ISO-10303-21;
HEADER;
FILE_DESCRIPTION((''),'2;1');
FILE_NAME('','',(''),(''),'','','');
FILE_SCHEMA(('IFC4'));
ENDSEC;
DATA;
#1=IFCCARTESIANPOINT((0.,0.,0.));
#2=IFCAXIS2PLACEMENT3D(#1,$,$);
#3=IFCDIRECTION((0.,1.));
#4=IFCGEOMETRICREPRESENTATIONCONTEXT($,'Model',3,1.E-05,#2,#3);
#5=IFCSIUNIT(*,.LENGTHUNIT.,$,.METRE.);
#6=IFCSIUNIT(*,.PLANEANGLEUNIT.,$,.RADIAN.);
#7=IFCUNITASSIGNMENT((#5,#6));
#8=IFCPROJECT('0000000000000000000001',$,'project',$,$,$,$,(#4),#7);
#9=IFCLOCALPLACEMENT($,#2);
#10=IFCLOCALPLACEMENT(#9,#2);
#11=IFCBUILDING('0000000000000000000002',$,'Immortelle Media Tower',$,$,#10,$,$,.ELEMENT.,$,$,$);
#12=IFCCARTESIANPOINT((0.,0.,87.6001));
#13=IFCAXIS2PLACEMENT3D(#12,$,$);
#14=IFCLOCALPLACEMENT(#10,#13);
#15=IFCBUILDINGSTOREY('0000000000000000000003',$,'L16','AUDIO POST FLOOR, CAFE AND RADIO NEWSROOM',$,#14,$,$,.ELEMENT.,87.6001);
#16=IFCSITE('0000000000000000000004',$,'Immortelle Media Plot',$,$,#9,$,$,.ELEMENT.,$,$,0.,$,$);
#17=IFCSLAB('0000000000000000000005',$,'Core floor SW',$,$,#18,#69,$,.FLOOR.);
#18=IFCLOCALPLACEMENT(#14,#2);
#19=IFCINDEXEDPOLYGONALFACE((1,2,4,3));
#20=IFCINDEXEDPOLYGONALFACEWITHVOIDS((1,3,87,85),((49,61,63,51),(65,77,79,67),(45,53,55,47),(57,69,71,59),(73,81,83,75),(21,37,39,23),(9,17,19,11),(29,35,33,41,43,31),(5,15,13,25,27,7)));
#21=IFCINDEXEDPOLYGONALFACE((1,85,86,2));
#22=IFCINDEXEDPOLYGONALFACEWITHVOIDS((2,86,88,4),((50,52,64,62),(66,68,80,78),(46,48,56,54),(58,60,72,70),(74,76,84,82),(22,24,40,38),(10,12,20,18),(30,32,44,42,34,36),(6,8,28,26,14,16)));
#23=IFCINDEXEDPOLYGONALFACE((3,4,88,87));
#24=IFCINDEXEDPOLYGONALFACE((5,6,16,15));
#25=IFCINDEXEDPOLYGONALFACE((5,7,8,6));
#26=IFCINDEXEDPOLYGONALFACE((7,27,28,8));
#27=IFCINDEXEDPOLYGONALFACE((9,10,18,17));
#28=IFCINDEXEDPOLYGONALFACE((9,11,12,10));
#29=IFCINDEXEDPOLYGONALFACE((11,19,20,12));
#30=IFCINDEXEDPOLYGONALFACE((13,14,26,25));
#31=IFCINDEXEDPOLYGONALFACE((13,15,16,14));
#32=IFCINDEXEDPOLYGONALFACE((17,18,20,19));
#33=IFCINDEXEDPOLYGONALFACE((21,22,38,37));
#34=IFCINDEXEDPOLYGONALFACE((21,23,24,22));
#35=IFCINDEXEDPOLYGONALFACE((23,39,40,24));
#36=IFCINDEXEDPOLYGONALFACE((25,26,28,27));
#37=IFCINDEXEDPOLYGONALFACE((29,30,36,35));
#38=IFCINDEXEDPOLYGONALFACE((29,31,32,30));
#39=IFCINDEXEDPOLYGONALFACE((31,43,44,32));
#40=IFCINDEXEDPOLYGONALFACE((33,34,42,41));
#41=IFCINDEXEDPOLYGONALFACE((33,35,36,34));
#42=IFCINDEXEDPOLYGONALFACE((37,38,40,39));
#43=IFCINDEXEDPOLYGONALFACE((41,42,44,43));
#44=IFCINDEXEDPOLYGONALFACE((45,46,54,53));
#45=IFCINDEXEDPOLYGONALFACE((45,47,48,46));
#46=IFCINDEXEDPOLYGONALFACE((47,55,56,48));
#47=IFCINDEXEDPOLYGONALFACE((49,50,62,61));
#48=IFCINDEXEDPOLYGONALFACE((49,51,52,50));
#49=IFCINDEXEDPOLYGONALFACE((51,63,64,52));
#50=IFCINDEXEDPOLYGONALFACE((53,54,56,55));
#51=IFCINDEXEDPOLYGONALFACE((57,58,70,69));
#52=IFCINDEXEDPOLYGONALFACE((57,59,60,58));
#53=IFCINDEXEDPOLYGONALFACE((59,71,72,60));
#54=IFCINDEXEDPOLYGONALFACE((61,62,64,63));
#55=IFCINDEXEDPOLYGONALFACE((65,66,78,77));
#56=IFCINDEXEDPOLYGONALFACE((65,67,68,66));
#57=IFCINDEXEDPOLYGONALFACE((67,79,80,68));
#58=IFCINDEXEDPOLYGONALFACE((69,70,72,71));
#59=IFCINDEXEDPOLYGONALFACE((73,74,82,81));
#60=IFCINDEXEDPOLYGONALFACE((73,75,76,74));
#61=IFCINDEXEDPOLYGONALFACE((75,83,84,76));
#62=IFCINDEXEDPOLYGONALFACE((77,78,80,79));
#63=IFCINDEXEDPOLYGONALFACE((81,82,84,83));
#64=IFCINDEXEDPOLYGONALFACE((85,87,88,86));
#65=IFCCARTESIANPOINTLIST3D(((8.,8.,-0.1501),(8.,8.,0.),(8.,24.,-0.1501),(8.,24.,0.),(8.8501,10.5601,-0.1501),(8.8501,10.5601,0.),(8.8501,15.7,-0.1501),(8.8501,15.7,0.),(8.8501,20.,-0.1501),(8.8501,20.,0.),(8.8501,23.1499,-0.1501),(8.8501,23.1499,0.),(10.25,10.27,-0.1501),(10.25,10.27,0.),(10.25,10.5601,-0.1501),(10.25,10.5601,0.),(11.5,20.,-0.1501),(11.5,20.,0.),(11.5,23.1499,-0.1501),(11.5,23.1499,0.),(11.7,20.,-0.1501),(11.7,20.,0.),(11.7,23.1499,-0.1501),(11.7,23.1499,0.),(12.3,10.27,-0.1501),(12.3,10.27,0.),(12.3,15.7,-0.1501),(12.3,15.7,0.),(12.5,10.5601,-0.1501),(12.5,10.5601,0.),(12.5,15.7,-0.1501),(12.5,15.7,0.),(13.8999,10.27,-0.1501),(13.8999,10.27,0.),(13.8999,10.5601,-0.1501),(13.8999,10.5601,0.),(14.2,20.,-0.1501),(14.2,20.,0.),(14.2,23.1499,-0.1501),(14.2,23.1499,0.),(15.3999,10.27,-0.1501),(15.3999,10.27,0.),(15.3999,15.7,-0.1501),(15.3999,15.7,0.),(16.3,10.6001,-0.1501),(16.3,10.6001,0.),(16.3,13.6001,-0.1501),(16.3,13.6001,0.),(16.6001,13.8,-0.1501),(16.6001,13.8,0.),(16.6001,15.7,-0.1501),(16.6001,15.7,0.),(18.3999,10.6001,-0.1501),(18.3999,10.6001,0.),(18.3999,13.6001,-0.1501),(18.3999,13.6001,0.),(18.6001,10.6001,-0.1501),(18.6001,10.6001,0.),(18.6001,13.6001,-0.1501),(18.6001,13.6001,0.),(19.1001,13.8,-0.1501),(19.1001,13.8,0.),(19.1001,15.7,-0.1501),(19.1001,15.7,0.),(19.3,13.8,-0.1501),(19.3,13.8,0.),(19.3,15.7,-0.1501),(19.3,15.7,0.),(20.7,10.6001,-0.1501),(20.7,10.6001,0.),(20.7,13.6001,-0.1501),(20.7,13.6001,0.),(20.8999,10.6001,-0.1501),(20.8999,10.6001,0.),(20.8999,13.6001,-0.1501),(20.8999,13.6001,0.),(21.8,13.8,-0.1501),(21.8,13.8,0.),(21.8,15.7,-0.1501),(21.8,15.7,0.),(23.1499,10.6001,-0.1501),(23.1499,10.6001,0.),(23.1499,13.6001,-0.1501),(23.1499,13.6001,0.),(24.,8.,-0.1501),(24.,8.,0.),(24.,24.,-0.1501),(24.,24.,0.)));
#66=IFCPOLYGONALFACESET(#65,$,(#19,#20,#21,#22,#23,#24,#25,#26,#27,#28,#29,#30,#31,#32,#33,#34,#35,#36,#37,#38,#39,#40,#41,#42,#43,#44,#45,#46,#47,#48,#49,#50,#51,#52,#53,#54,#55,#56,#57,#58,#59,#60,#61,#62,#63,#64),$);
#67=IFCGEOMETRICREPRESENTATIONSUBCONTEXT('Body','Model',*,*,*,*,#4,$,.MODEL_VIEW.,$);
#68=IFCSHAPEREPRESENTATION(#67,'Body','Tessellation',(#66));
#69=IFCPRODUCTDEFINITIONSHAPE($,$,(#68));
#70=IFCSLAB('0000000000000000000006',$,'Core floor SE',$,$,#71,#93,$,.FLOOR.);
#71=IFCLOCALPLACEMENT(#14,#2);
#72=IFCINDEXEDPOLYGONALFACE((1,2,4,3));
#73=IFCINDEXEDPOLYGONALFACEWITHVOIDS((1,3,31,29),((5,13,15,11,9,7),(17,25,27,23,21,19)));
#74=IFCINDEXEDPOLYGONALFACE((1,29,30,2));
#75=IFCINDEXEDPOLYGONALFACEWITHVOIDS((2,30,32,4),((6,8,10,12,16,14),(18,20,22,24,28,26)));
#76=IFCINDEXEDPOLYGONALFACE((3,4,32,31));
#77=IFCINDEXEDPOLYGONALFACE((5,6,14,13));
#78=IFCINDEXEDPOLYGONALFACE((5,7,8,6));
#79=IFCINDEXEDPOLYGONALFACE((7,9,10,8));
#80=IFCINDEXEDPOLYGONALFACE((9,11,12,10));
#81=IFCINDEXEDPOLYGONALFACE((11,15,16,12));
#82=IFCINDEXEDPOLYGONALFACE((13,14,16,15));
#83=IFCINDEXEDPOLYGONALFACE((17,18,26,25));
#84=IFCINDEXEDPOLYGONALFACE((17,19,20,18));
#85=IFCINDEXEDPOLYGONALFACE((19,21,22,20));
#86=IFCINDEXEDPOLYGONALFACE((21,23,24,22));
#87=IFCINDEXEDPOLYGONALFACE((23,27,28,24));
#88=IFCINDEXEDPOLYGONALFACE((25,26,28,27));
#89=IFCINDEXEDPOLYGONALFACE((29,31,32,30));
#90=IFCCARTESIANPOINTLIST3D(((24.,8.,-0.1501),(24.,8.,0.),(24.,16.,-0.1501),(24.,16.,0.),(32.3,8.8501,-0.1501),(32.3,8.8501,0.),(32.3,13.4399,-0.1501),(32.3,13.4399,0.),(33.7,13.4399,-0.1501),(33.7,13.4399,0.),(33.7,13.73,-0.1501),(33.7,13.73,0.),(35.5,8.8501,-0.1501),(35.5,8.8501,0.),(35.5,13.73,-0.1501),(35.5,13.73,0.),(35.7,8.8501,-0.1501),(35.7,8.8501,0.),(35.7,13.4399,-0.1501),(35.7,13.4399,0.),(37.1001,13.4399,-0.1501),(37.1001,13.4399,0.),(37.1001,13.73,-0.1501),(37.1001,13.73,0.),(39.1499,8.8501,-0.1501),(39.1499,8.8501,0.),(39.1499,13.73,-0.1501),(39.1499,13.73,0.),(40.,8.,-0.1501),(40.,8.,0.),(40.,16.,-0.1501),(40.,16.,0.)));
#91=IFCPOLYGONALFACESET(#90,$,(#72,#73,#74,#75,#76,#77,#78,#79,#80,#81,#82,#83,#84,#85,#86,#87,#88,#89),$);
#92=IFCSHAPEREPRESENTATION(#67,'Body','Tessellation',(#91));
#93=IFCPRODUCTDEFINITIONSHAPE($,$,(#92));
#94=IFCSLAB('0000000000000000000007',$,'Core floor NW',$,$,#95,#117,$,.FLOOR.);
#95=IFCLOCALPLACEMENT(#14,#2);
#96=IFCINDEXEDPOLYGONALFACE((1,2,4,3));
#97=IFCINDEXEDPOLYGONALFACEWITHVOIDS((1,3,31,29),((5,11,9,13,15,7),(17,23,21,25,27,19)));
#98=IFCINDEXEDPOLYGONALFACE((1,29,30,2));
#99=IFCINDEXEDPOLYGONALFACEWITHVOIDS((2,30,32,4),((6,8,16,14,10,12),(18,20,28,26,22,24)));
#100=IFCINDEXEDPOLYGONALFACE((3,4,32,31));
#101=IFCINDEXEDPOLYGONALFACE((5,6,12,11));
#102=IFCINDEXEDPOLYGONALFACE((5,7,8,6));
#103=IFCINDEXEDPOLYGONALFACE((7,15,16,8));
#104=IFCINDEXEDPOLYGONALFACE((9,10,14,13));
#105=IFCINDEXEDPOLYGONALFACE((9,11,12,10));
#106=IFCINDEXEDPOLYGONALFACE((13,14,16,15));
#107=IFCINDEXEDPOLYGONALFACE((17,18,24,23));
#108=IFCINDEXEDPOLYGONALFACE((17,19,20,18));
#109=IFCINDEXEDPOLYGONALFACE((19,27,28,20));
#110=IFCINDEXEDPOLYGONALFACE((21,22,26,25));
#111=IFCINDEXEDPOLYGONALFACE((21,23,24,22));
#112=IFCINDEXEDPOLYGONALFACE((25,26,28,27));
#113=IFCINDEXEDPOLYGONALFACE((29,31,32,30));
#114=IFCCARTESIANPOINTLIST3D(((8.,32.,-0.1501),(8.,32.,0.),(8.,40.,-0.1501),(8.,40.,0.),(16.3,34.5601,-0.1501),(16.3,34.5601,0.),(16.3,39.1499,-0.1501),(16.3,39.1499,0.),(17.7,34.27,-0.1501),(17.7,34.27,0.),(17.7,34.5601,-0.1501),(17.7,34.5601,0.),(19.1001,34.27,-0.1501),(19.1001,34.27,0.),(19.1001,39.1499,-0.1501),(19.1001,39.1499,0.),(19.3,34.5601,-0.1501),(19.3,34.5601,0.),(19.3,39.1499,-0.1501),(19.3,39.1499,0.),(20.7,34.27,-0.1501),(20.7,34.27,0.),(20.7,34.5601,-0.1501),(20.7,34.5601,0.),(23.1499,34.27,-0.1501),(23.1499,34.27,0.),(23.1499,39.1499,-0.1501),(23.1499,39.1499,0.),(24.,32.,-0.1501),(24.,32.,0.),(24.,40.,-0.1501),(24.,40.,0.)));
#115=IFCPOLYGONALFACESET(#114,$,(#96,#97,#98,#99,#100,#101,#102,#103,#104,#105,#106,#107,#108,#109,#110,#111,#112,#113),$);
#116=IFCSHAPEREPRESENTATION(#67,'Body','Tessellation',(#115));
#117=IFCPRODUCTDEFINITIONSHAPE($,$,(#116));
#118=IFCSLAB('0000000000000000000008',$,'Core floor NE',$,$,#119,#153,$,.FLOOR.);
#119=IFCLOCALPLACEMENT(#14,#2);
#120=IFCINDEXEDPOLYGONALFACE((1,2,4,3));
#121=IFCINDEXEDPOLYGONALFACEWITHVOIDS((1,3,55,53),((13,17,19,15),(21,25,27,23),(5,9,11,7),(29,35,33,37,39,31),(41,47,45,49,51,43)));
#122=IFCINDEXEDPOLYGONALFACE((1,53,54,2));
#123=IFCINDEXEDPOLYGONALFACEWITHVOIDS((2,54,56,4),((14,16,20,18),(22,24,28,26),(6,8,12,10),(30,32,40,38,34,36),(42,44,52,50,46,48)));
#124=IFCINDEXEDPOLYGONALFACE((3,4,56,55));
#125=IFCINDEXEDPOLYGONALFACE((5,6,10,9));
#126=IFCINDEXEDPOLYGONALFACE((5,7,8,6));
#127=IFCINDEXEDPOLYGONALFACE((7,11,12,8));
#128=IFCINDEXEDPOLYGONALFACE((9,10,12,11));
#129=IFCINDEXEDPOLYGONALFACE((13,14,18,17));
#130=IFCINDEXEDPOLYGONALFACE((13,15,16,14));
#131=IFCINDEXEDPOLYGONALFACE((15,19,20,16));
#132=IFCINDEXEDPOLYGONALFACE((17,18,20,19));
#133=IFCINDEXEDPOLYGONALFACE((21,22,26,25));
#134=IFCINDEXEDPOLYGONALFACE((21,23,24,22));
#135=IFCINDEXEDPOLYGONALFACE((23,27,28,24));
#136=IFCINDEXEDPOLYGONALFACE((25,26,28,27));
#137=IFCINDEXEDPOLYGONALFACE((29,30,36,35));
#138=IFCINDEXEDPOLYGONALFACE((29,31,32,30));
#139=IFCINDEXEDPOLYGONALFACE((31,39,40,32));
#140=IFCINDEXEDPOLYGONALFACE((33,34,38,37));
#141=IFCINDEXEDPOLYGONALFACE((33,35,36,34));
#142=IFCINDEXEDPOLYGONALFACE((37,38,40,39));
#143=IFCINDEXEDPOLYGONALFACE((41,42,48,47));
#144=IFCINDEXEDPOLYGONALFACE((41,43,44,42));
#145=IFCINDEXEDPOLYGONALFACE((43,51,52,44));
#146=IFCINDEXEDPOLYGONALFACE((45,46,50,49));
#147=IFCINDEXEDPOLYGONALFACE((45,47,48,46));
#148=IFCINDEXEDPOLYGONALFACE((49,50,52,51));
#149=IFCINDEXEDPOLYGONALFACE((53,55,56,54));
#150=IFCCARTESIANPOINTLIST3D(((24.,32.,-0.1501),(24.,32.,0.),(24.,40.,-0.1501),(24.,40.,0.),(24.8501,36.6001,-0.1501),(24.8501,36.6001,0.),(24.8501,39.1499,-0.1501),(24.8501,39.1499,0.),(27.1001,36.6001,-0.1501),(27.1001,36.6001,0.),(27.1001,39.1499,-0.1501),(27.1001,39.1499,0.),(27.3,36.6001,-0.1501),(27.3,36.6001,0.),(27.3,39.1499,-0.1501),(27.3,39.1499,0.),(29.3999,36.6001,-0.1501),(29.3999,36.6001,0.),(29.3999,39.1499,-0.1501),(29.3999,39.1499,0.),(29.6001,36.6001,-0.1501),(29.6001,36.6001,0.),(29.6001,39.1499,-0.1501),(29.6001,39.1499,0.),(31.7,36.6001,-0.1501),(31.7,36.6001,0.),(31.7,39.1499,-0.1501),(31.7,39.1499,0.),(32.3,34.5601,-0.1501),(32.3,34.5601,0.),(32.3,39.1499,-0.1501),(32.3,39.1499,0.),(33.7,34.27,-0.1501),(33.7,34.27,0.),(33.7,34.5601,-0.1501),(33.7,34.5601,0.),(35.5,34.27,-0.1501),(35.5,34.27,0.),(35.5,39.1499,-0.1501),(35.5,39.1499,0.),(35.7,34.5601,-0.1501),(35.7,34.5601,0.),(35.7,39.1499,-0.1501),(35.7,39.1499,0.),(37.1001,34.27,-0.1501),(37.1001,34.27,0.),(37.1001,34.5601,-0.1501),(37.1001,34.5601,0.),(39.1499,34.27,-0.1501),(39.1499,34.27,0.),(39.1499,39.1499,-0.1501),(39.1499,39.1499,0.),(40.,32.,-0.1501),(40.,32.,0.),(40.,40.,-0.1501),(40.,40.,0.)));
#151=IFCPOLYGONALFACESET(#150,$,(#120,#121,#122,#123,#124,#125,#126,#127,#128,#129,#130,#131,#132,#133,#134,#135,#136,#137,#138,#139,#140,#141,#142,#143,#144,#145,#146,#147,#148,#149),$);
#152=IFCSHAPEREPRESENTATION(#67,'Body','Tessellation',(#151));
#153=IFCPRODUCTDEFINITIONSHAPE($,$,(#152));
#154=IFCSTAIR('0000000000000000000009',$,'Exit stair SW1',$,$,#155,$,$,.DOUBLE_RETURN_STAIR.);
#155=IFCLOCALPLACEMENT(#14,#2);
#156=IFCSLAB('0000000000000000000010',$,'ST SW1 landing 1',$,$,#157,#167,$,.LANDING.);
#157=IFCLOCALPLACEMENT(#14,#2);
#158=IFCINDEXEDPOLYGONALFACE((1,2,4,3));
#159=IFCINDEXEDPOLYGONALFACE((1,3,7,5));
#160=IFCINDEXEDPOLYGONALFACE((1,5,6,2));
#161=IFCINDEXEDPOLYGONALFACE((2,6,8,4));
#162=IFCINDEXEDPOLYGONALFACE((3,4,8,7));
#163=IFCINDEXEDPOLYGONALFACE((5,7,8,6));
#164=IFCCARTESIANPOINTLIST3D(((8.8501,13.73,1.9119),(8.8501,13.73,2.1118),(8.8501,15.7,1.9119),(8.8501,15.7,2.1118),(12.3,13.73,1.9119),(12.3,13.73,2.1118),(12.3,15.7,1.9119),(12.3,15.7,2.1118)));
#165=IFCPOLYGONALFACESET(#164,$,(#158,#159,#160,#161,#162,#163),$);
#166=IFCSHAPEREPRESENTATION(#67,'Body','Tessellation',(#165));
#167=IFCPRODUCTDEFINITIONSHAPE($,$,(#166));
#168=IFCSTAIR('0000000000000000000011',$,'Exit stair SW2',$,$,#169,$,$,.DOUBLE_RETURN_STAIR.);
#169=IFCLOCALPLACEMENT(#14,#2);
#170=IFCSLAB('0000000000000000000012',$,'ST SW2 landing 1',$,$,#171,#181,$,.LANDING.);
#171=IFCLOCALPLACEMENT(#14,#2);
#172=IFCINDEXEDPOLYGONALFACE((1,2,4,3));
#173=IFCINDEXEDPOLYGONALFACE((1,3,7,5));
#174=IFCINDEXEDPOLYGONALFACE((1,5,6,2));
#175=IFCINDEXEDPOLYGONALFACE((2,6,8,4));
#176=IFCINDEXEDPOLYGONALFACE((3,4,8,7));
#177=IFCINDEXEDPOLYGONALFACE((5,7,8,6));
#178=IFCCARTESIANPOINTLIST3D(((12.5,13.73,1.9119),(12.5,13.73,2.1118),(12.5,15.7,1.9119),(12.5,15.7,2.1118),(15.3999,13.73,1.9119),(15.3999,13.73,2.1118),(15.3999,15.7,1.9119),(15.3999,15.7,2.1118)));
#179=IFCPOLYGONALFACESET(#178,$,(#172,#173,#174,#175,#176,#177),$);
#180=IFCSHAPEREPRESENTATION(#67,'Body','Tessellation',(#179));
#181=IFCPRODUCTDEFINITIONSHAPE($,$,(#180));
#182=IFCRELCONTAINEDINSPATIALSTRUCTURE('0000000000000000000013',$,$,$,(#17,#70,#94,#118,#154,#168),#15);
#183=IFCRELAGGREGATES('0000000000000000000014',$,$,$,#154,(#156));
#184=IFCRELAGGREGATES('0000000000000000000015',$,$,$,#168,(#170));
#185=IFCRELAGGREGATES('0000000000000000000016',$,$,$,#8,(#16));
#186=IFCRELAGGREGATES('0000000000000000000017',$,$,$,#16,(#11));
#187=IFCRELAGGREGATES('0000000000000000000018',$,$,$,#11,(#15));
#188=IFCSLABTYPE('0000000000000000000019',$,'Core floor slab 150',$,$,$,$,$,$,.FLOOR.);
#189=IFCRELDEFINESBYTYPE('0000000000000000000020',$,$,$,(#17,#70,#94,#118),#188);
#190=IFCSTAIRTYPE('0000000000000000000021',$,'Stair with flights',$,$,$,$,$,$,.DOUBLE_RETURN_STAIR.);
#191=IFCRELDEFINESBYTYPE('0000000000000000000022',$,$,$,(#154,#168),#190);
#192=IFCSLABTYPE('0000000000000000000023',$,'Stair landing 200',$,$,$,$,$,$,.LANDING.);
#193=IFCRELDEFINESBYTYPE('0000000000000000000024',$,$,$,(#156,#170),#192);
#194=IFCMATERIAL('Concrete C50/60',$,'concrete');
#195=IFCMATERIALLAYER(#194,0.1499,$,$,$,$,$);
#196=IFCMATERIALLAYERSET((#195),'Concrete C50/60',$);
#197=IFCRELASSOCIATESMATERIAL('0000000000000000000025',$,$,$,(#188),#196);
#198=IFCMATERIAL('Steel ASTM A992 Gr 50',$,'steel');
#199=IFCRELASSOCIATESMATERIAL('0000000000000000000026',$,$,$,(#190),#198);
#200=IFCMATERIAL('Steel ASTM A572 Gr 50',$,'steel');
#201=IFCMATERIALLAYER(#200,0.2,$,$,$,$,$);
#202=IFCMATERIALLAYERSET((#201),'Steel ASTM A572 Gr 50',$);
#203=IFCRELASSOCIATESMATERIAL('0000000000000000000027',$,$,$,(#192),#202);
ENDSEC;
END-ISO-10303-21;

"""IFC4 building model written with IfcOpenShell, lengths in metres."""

from ifc_helpers import new_model, si_unit, direction, frame, origin, place, context, subcontext, project, spatial, polyline, outline, extrude, material, layer, layer_set, type_object, element, aggregate, save


model = new_model("IFC4")

# Units and contexts
model_context = context("Model", 3, precision=1e-05, world=origin(), true_north=direction((0.0, 1.0)))
body_context = subcontext(model_context, "Body", "Model", "MODEL_VIEW")
ifc_project = project(units=[si_unit("LENGTHUNIT", "METRE"), si_unit("PLANEANGLEUNIT", "RADIAN")], contexts=[model_context])

# Site, building, storey
site_placement = place(None, origin())
site = spatial("IfcSite", under=ifc_project, at=site_placement, Name="Immortelle Media Plot", CompositionType="ELEMENT", RefElevation=0.0)
building_placement = place(site_placement, origin())
building = spatial("IfcBuilding", under=site, at=building_placement, Name="Immortelle Media Tower", CompositionType="ELEMENT")
storey_placement = place(building_placement, frame((0.0, 0.0, 87.6001)))
storey = spatial("IfcBuildingStorey", under=building, at=storey_placement, Name="L16", Description="AUDIO POST FLOOR, CAFE AND RADIO NEWSROOM", CompositionType="ELEMENT", Elevation=87.6001)

# Slabs
ifc_material_1 = material(Name="Concrete C50/60", Category="concrete")
ifc_layer_1 = layer(ifc_material_1, 0.1499)
ifc_layer_set_1 = layer_set([ifc_layer_1], Name="Concrete C50/60")
slab_type_1 = type_object("IfcSlabType", Name="Core floor slab 150", PredefinedType="FLOOR", material=ifc_layer_set_1)
slab_1_placement = place(storey_placement, frame((0.0, 0.0, -0.1501)))
element("IfcSlab", 1, at=slab_1_placement, inside=storey, type_object=slab_type_1, Name="Core floor SW", PredefinedType="FLOOR", context=body_context, shape_type="SweptSolid", body=[
    extrude(outline(polyline([(8.0, 8.0), (24.0, 8.0), (24.0, 24.0), (8.0, 24.0), (8.0, 8.0)]), holes=[polyline([(8.8501, 20.0), (11.5, 20.0), (11.5, 23.1499), (8.8501, 23.1499), (8.8501, 20.0)]), polyline([(11.7, 20.0), (14.2, 20.0), (14.2, 23.1499), (11.7, 23.1499), (11.7, 20.0)]), polyline([(16.6001, 13.8), (19.1001, 13.8), (19.1001, 15.7), (16.6001, 15.7), (16.6001, 13.8)]), polyline([(19.3, 13.8), (21.8, 13.8), (21.8, 15.7), (19.3, 15.7), (19.3, 13.8)]), polyline([(16.3, 10.6001), (18.3999, 10.6001), (18.3999, 13.6001), (16.3, 13.6001), (16.3, 10.6001)]), polyline([(18.6001, 10.6001), (20.7, 10.6001), (20.7, 13.6001), (18.6001, 13.6001), (18.6001, 10.6001)]), polyline([(20.8999, 10.6001), (23.1499, 10.6001), (23.1499, 13.6001), (20.8999, 13.6001), (20.8999, 10.6001)]), polyline([(8.8501, 15.7), (12.3, 15.7), (12.3, 10.27), (10.25, 10.27), (10.25, 10.5601), (8.8501, 10.5601), (8.8501, 15.7)]), polyline([(12.5, 15.7), (15.3999, 15.7), (15.3999, 10.27), (13.8999, 10.27), (13.8999, 10.5601), (12.5, 10.5601), (12.5, 15.7)])]), origin(), (0.0, 0.0, 1.0), 0.1501),
])
slab_2_placement = place(storey_placement, frame((0.0, 0.0, -0.1501)))
element("IfcSlab", 2, at=slab_2_placement, inside=storey, type_object=slab_type_1, Name="Core floor SE", PredefinedType="FLOOR", context=body_context, shape_type="SweptSolid", body=[
    extrude(outline(polyline([(24.0, 8.0), (40.0, 8.0), (40.0, 16.0), (24.0, 16.0), (24.0, 8.0)]), holes=[polyline([(35.5, 13.73), (35.5, 8.8501), (32.3, 8.8501), (32.3, 13.4399), (33.7, 13.4399), (33.7, 13.73), (35.5, 13.73)]), polyline([(39.1499, 13.73), (39.1499, 8.8501), (35.7, 8.8501), (35.7, 13.4399), (37.1001, 13.4399), (37.1001, 13.73), (39.1499, 13.73)])]), origin(), (0.0, 0.0, 1.0), 0.1501),
])
slab_3_placement = place(storey_placement, frame((0.0, 0.0, -0.1501)))
element("IfcSlab", 3, at=slab_3_placement, inside=storey, type_object=slab_type_1, Name="Core floor NW", PredefinedType="FLOOR", context=body_context, shape_type="SweptSolid", body=[
    extrude(outline(polyline([(8.0, 32.0), (24.0, 32.0), (24.0, 40.0), (8.0, 40.0), (8.0, 32.0)]), holes=[polyline([(16.3, 39.1499), (19.1001, 39.1499), (19.1001, 34.27), (17.7, 34.27), (17.7, 34.5601), (16.3, 34.5601), (16.3, 39.1499)]), polyline([(19.3, 39.1499), (23.1499, 39.1499), (23.1499, 34.27), (20.7, 34.27), (20.7, 34.5601), (19.3, 34.5601), (19.3, 39.1499)])]), origin(), (0.0, 0.0, 1.0), 0.1501),
])
slab_4_placement = place(storey_placement, frame((0.0, 0.0, -0.1501)))
element("IfcSlab", 4, at=slab_4_placement, inside=storey, type_object=slab_type_1, Name="Core floor NE", PredefinedType="FLOOR", context=body_context, shape_type="SweptSolid", body=[
    extrude(outline(polyline([(24.0, 32.0), (40.0, 32.0), (40.0, 40.0), (24.0, 40.0), (24.0, 32.0)]), holes=[polyline([(24.8501, 36.6001), (27.1001, 36.6001), (27.1001, 39.1499), (24.8501, 39.1499), (24.8501, 36.6001)]), polyline([(27.3, 36.6001), (29.3999, 36.6001), (29.3999, 39.1499), (27.3, 39.1499), (27.3, 36.6001)]), polyline([(29.6001, 36.6001), (31.7, 36.6001), (31.7, 39.1499), (29.6001, 39.1499), (29.6001, 36.6001)]), polyline([(32.3, 39.1499), (35.5, 39.1499), (35.5, 34.27), (33.7, 34.27), (33.7, 34.5601), (32.3, 34.5601), (32.3, 39.1499)]), polyline([(35.7, 39.1499), (39.1499, 39.1499), (39.1499, 34.27), (37.1001, 34.27), (37.1001, 34.5601), (35.7, 34.5601), (35.7, 39.1499)])]), origin(), (0.0, 0.0, 1.0), 0.1501),
])

# Stairs, slabs
ifc_material_2 = material(Name="Steel ASTM A992 Gr 50", Category="steel")
stair_type = type_object("IfcStairType", Name="Stair with flights", PredefinedType="DOUBLE_RETURN_STAIR", material=ifc_material_2)
stair_1_placement = place(storey_placement, origin())
stair_1 = element("IfcStair", 5, at=stair_1_placement, inside=storey, type_object=stair_type, Name="Exit stair SW1", PredefinedType="DOUBLE_RETURN_STAIR")
ifc_material_3 = material(Name="Steel ASTM A572 Gr 50", Category="steel")
ifc_layer_2 = layer(ifc_material_3, 0.2)
ifc_layer_set_2 = layer_set([ifc_layer_2], Name="Steel ASTM A572 Gr 50")
slab_type_2 = type_object("IfcSlabType", Name="Stair landing 200", PredefinedType="LANDING", material=ifc_layer_set_2)
slab_5_placement = place(storey_placement, frame((0.0, 0.0, 1.9119)))
slab_5 = element("IfcSlab", 6, at=slab_5_placement, type_object=slab_type_2, Name="ST SW1 landing 1", PredefinedType="LANDING", context=body_context, shape_type="SweptSolid", body=[
    extrude(outline(polyline([(8.8501, 13.73), (12.3, 13.73), (12.3, 15.7), (8.8501, 15.7), (8.8501, 13.73)])), origin(), (0.0, 0.0, 1.0), 0.2),
])
aggregate(stair_1, [slab_5])
stair_2_placement = place(storey_placement, origin())
stair_2 = element("IfcStair", 7, at=stair_2_placement, inside=storey, type_object=stair_type, Name="Exit stair SW2", PredefinedType="DOUBLE_RETURN_STAIR")
slab_6_placement = place(storey_placement, frame((0.0, 0.0, 1.9119)))
slab_6 = element("IfcSlab", 8, at=slab_6_placement, type_object=slab_type_2, Name="ST SW2 landing 1", PredefinedType="LANDING", context=body_context, shape_type="SweptSolid", body=[
    extrude(outline(polyline([(12.5, 13.73), (15.3999, 13.73), (15.3999, 15.7), (12.5, 15.7), (12.5, 13.73)])), origin(), (0.0, 0.0, 1.0), 0.2),
])
aggregate(stair_2, [slab_6])

save(model, "model.ifc")
